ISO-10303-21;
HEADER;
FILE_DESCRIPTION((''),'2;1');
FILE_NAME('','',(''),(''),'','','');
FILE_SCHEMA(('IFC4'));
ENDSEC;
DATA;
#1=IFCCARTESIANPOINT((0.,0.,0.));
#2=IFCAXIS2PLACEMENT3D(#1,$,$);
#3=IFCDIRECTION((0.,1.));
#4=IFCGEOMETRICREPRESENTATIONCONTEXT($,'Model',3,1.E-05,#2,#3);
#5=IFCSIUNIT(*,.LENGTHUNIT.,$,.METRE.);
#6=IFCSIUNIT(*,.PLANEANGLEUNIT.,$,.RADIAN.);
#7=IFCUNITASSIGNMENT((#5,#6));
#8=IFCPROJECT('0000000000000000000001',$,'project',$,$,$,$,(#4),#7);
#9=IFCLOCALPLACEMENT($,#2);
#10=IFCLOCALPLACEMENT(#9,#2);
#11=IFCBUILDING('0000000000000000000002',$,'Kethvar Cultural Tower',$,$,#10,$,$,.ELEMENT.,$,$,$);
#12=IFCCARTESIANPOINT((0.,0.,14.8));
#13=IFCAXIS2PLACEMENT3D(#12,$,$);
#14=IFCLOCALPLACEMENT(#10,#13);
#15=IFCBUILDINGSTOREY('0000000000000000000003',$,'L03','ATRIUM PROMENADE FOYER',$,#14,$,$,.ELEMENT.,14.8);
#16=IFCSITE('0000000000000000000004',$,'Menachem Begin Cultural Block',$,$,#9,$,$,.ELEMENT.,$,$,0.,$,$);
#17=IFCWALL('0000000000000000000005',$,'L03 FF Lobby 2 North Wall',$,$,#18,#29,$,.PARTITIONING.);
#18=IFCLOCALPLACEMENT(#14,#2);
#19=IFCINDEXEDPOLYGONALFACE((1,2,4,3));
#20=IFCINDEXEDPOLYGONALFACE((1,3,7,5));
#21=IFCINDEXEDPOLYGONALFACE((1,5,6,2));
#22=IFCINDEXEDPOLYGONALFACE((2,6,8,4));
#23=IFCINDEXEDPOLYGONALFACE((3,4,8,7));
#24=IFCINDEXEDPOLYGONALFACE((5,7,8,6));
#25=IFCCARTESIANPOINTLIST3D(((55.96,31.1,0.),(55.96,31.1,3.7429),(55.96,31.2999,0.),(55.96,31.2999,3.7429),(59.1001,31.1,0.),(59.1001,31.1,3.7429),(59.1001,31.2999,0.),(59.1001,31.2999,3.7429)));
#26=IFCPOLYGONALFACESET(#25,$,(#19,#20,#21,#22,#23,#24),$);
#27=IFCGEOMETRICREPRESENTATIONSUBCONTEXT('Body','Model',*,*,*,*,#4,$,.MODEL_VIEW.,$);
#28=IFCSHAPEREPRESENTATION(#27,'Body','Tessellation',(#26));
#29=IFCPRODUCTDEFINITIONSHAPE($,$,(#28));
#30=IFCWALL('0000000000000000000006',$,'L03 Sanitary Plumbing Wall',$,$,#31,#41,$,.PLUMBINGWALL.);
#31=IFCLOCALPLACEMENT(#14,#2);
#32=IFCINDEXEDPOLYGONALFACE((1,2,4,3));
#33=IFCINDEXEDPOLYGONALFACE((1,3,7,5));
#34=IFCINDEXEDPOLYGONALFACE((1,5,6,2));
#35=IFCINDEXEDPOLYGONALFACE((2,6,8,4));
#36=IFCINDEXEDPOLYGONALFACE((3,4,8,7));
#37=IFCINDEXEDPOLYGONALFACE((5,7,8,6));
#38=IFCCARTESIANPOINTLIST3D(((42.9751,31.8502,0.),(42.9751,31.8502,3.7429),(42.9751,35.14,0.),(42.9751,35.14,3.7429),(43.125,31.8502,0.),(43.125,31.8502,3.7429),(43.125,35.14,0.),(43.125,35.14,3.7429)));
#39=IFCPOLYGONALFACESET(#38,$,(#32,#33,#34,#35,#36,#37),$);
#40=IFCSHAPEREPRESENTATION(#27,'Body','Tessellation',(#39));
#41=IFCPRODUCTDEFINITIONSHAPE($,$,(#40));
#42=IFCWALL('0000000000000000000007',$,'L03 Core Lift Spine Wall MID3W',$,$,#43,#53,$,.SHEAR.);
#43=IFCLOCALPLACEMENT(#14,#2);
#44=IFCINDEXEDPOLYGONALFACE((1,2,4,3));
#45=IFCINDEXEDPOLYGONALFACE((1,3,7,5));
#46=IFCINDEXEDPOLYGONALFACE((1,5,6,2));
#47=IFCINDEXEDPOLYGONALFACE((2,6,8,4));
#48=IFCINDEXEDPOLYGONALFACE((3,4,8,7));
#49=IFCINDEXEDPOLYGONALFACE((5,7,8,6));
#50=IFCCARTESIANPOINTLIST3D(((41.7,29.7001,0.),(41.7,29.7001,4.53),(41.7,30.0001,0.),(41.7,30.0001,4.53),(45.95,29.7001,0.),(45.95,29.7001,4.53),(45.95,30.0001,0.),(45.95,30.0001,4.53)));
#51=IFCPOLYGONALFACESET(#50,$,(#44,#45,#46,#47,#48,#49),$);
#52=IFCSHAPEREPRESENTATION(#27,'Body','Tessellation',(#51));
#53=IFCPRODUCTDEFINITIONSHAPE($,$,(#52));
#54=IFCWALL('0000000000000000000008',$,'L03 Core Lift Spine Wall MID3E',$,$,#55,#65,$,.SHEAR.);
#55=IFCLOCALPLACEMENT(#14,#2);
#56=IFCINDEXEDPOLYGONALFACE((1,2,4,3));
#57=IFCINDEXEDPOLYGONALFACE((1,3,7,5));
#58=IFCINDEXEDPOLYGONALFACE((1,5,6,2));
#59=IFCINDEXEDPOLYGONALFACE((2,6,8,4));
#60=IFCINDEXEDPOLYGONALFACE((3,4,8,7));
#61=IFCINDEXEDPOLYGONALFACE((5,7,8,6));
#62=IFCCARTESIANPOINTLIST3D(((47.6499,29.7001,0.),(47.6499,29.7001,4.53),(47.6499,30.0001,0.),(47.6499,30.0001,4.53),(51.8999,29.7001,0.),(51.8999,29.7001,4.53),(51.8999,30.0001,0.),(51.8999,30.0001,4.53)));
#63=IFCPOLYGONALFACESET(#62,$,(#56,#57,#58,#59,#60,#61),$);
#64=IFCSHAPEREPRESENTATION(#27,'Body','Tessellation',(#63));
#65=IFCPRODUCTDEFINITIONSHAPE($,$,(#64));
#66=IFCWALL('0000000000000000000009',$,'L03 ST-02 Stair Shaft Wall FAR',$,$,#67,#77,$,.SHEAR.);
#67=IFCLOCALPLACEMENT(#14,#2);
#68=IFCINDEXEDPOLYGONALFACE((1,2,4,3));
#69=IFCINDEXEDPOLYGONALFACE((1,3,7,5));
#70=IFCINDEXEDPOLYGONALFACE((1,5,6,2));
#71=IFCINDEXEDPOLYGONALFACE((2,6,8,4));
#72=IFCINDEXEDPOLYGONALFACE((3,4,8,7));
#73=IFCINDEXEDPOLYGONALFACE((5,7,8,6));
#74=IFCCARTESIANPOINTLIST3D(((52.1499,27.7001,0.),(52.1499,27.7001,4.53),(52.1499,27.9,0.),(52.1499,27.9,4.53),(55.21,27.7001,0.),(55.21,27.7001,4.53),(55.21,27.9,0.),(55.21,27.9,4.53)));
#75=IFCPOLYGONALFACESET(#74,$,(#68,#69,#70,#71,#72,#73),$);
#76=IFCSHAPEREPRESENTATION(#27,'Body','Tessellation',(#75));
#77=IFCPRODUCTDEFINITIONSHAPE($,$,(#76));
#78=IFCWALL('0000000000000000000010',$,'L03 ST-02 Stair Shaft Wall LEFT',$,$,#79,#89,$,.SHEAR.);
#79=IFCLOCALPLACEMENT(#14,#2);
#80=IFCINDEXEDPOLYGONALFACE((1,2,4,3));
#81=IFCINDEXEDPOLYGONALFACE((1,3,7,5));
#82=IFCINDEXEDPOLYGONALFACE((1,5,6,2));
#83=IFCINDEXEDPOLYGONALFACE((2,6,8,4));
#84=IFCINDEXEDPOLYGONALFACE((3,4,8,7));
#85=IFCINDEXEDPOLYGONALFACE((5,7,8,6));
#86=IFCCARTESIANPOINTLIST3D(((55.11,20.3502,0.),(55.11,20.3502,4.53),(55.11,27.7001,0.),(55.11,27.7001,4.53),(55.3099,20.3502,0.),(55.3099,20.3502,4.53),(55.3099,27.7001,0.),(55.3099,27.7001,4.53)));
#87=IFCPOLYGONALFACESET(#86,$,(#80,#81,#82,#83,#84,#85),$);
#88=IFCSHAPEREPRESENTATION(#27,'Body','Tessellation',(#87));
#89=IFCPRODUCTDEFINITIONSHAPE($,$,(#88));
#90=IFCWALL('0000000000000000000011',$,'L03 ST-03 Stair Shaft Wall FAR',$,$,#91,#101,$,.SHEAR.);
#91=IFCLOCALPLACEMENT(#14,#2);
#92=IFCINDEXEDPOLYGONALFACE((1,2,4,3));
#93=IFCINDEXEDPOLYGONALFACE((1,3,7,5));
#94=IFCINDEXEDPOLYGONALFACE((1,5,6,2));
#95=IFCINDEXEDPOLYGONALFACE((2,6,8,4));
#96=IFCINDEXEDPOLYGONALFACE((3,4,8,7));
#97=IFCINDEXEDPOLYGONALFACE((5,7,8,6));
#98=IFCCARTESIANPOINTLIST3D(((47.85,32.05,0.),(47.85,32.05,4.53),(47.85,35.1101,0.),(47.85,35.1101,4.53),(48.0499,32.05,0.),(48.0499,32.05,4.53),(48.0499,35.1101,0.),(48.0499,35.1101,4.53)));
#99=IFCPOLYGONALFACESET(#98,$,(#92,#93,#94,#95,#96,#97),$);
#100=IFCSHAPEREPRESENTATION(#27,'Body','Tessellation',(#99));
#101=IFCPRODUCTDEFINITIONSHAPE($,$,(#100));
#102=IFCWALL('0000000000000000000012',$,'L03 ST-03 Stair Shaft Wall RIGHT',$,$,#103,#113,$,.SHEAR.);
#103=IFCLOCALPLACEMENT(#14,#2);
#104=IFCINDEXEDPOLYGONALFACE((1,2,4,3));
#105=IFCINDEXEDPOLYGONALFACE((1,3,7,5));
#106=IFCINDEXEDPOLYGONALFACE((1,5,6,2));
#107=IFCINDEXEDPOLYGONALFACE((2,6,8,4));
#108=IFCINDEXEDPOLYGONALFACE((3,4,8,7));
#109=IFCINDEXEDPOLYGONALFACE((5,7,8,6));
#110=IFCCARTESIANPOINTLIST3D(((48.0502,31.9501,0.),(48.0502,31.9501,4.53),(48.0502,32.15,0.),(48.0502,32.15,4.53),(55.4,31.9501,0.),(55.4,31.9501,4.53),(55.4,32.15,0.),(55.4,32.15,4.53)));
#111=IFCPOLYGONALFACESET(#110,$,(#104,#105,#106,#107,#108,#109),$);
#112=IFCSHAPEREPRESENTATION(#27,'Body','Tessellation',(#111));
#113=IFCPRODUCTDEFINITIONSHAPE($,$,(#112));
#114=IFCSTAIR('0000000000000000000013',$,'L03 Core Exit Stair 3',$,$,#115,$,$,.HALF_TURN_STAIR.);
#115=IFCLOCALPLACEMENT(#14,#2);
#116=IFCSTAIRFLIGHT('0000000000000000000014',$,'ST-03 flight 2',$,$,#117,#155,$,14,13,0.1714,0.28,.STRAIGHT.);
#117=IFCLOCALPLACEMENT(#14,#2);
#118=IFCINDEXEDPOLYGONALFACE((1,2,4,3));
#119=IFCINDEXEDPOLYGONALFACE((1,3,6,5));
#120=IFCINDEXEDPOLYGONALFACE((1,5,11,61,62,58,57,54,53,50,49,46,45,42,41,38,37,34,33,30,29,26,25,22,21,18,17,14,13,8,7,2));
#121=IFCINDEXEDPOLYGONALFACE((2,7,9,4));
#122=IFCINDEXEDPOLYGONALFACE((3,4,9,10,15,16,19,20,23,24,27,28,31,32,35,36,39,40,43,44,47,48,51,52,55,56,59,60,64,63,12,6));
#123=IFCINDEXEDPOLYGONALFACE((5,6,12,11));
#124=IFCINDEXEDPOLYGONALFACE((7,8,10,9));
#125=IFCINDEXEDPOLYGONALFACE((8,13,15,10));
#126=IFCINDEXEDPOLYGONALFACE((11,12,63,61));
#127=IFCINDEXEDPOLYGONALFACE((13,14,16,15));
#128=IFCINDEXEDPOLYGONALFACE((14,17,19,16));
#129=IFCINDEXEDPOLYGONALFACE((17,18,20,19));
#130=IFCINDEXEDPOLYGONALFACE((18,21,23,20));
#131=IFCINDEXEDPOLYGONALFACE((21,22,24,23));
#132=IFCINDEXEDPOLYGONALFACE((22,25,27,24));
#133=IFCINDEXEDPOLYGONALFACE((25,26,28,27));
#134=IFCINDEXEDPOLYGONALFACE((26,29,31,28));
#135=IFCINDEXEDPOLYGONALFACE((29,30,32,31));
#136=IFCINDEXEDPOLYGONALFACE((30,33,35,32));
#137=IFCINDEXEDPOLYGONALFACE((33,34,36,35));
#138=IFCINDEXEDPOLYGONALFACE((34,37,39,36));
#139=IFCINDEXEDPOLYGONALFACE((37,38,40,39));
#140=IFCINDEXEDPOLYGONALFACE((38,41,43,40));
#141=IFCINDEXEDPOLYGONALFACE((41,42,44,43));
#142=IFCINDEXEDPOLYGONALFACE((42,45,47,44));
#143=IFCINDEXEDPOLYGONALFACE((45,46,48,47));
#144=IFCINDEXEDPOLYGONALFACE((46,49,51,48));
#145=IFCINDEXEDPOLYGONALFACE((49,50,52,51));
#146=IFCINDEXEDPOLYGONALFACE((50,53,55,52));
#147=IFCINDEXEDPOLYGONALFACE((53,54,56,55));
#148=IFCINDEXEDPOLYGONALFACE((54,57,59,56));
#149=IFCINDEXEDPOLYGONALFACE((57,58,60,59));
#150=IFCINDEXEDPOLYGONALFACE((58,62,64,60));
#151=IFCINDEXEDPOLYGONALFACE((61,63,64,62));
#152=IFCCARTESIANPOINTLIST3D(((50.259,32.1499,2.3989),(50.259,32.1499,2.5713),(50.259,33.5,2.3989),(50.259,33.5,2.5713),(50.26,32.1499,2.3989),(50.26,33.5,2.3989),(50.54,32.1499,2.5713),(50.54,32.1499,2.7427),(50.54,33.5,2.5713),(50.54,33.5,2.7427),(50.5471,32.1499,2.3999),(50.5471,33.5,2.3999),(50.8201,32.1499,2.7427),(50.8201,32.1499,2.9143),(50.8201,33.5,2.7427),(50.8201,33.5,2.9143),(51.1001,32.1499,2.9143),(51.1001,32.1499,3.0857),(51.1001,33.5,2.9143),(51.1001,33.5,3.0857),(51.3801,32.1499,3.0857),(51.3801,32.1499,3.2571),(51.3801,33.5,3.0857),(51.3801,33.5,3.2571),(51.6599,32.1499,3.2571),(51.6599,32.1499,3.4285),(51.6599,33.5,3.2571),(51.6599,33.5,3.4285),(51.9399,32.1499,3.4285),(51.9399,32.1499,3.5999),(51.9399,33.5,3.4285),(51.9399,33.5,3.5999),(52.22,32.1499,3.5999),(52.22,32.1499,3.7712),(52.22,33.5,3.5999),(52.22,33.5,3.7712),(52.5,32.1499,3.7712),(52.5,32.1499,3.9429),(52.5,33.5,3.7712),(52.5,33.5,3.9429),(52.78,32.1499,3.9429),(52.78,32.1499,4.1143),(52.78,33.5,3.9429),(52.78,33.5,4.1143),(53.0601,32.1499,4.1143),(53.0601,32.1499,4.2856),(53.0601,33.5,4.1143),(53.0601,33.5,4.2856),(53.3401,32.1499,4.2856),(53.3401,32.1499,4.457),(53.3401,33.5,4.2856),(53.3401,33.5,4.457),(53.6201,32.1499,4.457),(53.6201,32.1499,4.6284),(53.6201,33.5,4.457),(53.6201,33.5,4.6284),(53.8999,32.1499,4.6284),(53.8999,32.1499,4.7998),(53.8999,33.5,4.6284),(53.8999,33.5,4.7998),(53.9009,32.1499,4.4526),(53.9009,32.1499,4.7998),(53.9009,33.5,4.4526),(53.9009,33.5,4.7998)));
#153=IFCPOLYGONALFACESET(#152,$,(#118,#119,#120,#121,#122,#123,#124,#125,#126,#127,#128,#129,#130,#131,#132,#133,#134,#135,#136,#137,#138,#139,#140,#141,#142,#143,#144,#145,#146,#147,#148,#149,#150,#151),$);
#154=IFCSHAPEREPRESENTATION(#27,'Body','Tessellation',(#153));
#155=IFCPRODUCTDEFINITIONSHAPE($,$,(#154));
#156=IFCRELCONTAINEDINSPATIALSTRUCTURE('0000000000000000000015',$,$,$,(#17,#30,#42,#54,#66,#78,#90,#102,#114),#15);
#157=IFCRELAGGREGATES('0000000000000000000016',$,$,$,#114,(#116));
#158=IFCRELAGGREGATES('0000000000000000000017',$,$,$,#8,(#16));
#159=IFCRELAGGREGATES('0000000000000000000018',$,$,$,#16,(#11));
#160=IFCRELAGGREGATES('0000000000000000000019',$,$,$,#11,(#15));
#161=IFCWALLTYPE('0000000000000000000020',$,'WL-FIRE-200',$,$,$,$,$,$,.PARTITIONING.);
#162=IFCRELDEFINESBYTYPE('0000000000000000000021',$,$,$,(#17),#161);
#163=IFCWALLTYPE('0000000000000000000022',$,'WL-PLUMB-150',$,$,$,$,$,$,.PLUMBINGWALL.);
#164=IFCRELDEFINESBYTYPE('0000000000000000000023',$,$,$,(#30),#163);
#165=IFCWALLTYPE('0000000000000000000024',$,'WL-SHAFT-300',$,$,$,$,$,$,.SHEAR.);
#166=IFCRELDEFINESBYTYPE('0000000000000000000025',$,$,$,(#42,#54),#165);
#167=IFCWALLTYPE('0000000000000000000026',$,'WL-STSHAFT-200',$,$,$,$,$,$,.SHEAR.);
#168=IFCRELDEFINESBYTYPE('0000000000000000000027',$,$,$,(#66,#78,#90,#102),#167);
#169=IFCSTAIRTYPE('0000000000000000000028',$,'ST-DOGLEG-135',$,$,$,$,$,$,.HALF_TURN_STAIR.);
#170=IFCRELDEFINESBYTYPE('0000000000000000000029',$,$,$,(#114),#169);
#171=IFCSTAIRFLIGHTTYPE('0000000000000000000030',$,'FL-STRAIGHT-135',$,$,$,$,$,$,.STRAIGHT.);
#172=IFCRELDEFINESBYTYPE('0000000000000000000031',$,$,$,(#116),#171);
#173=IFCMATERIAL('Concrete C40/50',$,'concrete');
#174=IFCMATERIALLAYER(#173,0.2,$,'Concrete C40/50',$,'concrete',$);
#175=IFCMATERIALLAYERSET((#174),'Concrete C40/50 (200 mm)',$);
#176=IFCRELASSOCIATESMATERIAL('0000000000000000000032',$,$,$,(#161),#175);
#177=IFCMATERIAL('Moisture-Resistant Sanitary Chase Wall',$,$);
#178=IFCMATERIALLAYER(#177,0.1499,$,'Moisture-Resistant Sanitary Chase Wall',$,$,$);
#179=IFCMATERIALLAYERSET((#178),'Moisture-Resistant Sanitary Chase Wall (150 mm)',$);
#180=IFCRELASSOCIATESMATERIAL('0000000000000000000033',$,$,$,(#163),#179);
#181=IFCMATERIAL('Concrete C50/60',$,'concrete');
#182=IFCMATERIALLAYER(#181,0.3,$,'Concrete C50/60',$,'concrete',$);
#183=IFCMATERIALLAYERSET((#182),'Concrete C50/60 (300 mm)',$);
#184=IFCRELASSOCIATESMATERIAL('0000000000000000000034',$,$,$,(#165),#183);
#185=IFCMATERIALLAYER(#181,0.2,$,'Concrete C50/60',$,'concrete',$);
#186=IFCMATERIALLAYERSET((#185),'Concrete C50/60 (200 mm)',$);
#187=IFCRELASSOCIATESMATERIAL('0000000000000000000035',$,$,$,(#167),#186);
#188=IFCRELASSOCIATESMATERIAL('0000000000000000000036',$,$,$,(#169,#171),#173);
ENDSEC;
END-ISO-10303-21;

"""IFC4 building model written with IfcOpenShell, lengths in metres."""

from ifc_helpers import new_model, si_unit, direction, frame, frame_2d, origin, place, context, subcontext, project, spatial, polyline, rectangle, outline, extrude, material, layer, layer_set, type_object, element, aggregate, save


model = new_model("IFC4")

# Units and contexts
model_context = context("Model", 3, precision=1e-05, world=origin(), true_north=direction((0.0, 1.0)))
body_context = subcontext(model_context, "Body", "Model", "MODEL_VIEW")
ifc_project = project(units=[si_unit("LENGTHUNIT", "METRE"), si_unit("PLANEANGLEUNIT", "RADIAN")], contexts=[model_context])

# Site, building, storey
site_placement = place(None, origin())
site = spatial("IfcSite", under=ifc_project, at=site_placement, Name="Menachem Begin Cultural Block", CompositionType="ELEMENT", RefElevation=0.0)
building_placement = place(site_placement, origin())
building = spatial("IfcBuilding", under=site, at=building_placement, Name="Kethvar Cultural Tower", CompositionType="ELEMENT")
storey_placement = place(building_placement, frame((0.0, 0.0, 14.8)))
storey = spatial("IfcBuildingStorey", under=building, at=storey_placement, Name="L03", Description="ATRIUM PROMENADE FOYER", CompositionType="ELEMENT", Elevation=14.8)

# Walls
ifc_material_1 = material(Name="Concrete C40/50", Category="concrete")
ifc_layer_1 = layer(ifc_material_1, 0.2, Name="Concrete C40/50", Category="concrete")
ifc_layer_set_1 = layer_set([ifc_layer_1], Name="Concrete C40/50 (200 mm)")
wall_type_1 = type_object("IfcWallType", Name="WL-FIRE-200", PredefinedType="PARTITIONING", material=ifc_layer_set_1)
wall_1_placement = place(storey_placement, frame((55.96, 31.2, 0.0), z_axis=(0.0, 0.0, 1.0), x_axis=(1.0, 0.0, 0.0)))
element("IfcWall", 1, at=wall_1_placement, inside=storey, type_object=wall_type_1, Name="L03 FF Lobby 2 North Wall", PredefinedType="PARTITIONING", context=body_context, shape_type="SweptSolid", body=[
    extrude(rectangle(XDim=3.1401, YDim=0.2, at=frame_2d((1.5701, 0.0))), origin(), (0.0, 0.0, 1.0), 3.7429),
])
ifc_material_2 = material(Name="Moisture-Resistant Sanitary Chase Wall")
ifc_layer_2 = layer(ifc_material_2, 0.1499, Name="Moisture-Resistant Sanitary Chase Wall")
ifc_layer_set_2 = layer_set([ifc_layer_2], Name="Moisture-Resistant Sanitary Chase Wall (150 mm)")
wall_type_2 = type_object("IfcWallType", Name="WL-PLUMB-150", PredefinedType="PLUMBINGWALL", material=ifc_layer_set_2)
wall_2_placement = place(storey_placement, frame((43.05, 31.8501, 0.0), z_axis=(0.0, 0.0, 1.0), x_axis=(0.0, 1.0, 0.0)))
element("IfcWall", 2, at=wall_2_placement, inside=storey, type_object=wall_type_2, Name="L03 Sanitary Plumbing Wall", PredefinedType="PLUMBINGWALL", context=body_context, shape_type="SweptSolid", body=[
    extrude(rectangle(XDim=3.2898, YDim=0.1499, at=frame_2d((1.645, 0.0))), origin(), (0.0, 0.0, 1.0), 3.7429),
])
ifc_material_3 = material(Name="Concrete C50/60", Category="concrete")
ifc_layer_3 = layer(ifc_material_3, 0.3, Name="Concrete C50/60", Category="concrete")
ifc_layer_set_3 = layer_set([ifc_layer_3], Name="Concrete C50/60 (300 mm)")
wall_type_3 = type_object("IfcWallType", Name="WL-SHAFT-300", PredefinedType="SHEAR", material=ifc_layer_set_3)
for number, where, z_axis, x_axis, name in (
    (3, (41.7, 29.8501, 0.0), (0.0, 0.0, 1.0), (1.0, 0.0, 0.0), "L03 Core Lift Spine Wall MID3W"),
    (4, (47.6499, 29.8501, 0.0), (0.0, 0.0, 1.0), (1.0, 0.0, 0.0), "L03 Core Lift Spine Wall MID3E"),
):
    element("IfcWall", number, at=place(storey_placement, frame(where, z_axis=z_axis, x_axis=x_axis)), inside=storey, type_object=wall_type_3, Name=name, PredefinedType="SHEAR", context=body_context, shape_type="SweptSolid", body=[
        extrude(rectangle(XDim=4.25, YDim=0.3, at=frame_2d((2.125, 0.0))), origin(), (0.0, 0.0, 1.0), 4.53),
    ])
ifc_layer_4 = layer(ifc_material_3, 0.2, Name="Concrete C50/60", Category="concrete")
ifc_layer_set_4 = layer_set([ifc_layer_4], Name="Concrete C50/60 (200 mm)")
wall_type_4 = type_object("IfcWallType", Name="WL-STSHAFT-200", PredefinedType="SHEAR", material=ifc_layer_set_4)
wall_3_placement = place(storey_placement, frame((52.1499, 27.8, 0.0), z_axis=(0.0, 0.0, 1.0), x_axis=(1.0, 0.0, 0.0)))
element("IfcWall", 5, at=wall_3_placement, inside=storey, type_object=wall_type_4, Name="L03 ST-02 Stair Shaft Wall FAR", PredefinedType="SHEAR", context=body_context, shape_type="SweptSolid", body=[
    extrude(rectangle(XDim=3.0601, YDim=0.2, at=frame_2d((1.53, 0.0))), origin(), (0.0, 0.0, 1.0), 4.53),
])
wall_4_placement = place(storey_placement, frame((55.21, 27.7, 0.0), z_axis=(0.0, 0.0, 1.0), x_axis=(0.0, -1.0, 0.0)))
element("IfcWall", 6, at=wall_4_placement, inside=storey, type_object=wall_type_4, Name="L03 ST-02 Stair Shaft Wall LEFT", PredefinedType="SHEAR", context=body_context, shape_type="SweptSolid", body=[
    extrude(rectangle(XDim=7.3499, YDim=0.2, at=frame_2d((3.6748, 0.0))), origin(), (0.0, 0.0, 1.0), 4.53),
])
wall_5_placement = place(storey_placement, frame((47.95, 32.05, 0.0), z_axis=(0.0, 0.0, 1.0), x_axis=(0.0, 1.0, 0.0)))
element("IfcWall", 7, at=wall_5_placement, inside=storey, type_object=wall_type_4, Name="L03 ST-03 Stair Shaft Wall FAR", PredefinedType="SHEAR", context=body_context, shape_type="SweptSolid", body=[
    extrude(rectangle(XDim=3.0601, YDim=0.2, at=frame_2d((1.53, 0.0))), origin(), (0.0, 0.0, 1.0), 4.53),
])
wall_6_placement = place(storey_placement, frame((55.3999, 32.05, 0.0), z_axis=(0.0, 0.0, 1.0), x_axis=(-1.0, 0.0, 0.0)))
element("IfcWall", 8, at=wall_6_placement, inside=storey, type_object=wall_type_4, Name="L03 ST-03 Stair Shaft Wall RIGHT", PredefinedType="SHEAR", context=body_context, shape_type="SweptSolid", body=[
    extrude(rectangle(XDim=7.3499, YDim=0.2, at=frame_2d((3.6748, 0.0))), origin(), (0.0, 0.0, 1.0), 4.53),
])

# Stair, stair flight
stair_type = type_object("IfcStairType", Name="ST-DOGLEG-135", PredefinedType="HALF_TURN_STAIR", material=ifc_material_1)
stair_placement = place(storey_placement, origin())
stair = element("IfcStair", 9, at=stair_placement, inside=storey, type_object=stair_type, Name="L03 Core Exit Stair 3", PredefinedType="HALF_TURN_STAIR")
stair_flight_type = type_object("IfcStairFlightType", Name="FL-STRAIGHT-135", PredefinedType="STRAIGHT", material=ifc_material_1)
stair_flight_placement = place(storey_placement, frame((50.26, 32.825, 2.3999), z_axis=(0.0, 0.0, 1.0), x_axis=(1.0, 0.0, 0.0)))
stair_flight = element("IfcStairFlight", 10, at=stair_flight_placement, type_object=stair_flight_type, Name="ST-03 flight 2", NumberOfRisers=14, NumberOfTreads=13, PredefinedType="STRAIGHT", RiserHeight=0.1714, TreadLength=0.28, context=body_context, shape_type="SweptSolid", body=[
    extrude(outline(polyline([(-0.001, -0.001), (-0.001, 0.1714), (0.28, 0.1714), (0.28, 0.3428), (0.5601, 0.3428), (0.5601, 0.5144), (0.8401, 0.5144), (0.8401, 0.6858), (1.1201, 0.6858), (1.1201, 0.8572), (1.3999, 0.8572), (1.3999, 1.0286), (1.6799, 1.0286), (1.6799, 1.2), (1.96, 1.2), (1.96, 1.3713), (2.24, 1.3713), (2.24, 1.543), (2.52, 1.543), (2.52, 1.7144), (2.8, 1.7144), (2.8, 1.8857), (3.0801, 1.8857), (3.0801, 2.0571), (3.3601, 2.0571), (3.3601, 2.2285), (3.6399, 2.2285), (3.6399, 2.3999), (3.6409, 2.3999), (3.6409, 2.0527), (0.2871, 0.0), (0.0, -0.001), (-0.001, -0.001)])), frame((0.0, 0.675, 0.0), z_axis=(0.0, -1.0, 0.0), x_axis=(1.0, 0.0, 0.0)), (0.0, 0.0, 1.0), 1.3501),
])
aggregate(stair, [stair_flight])

save(model, "model.ifc")
